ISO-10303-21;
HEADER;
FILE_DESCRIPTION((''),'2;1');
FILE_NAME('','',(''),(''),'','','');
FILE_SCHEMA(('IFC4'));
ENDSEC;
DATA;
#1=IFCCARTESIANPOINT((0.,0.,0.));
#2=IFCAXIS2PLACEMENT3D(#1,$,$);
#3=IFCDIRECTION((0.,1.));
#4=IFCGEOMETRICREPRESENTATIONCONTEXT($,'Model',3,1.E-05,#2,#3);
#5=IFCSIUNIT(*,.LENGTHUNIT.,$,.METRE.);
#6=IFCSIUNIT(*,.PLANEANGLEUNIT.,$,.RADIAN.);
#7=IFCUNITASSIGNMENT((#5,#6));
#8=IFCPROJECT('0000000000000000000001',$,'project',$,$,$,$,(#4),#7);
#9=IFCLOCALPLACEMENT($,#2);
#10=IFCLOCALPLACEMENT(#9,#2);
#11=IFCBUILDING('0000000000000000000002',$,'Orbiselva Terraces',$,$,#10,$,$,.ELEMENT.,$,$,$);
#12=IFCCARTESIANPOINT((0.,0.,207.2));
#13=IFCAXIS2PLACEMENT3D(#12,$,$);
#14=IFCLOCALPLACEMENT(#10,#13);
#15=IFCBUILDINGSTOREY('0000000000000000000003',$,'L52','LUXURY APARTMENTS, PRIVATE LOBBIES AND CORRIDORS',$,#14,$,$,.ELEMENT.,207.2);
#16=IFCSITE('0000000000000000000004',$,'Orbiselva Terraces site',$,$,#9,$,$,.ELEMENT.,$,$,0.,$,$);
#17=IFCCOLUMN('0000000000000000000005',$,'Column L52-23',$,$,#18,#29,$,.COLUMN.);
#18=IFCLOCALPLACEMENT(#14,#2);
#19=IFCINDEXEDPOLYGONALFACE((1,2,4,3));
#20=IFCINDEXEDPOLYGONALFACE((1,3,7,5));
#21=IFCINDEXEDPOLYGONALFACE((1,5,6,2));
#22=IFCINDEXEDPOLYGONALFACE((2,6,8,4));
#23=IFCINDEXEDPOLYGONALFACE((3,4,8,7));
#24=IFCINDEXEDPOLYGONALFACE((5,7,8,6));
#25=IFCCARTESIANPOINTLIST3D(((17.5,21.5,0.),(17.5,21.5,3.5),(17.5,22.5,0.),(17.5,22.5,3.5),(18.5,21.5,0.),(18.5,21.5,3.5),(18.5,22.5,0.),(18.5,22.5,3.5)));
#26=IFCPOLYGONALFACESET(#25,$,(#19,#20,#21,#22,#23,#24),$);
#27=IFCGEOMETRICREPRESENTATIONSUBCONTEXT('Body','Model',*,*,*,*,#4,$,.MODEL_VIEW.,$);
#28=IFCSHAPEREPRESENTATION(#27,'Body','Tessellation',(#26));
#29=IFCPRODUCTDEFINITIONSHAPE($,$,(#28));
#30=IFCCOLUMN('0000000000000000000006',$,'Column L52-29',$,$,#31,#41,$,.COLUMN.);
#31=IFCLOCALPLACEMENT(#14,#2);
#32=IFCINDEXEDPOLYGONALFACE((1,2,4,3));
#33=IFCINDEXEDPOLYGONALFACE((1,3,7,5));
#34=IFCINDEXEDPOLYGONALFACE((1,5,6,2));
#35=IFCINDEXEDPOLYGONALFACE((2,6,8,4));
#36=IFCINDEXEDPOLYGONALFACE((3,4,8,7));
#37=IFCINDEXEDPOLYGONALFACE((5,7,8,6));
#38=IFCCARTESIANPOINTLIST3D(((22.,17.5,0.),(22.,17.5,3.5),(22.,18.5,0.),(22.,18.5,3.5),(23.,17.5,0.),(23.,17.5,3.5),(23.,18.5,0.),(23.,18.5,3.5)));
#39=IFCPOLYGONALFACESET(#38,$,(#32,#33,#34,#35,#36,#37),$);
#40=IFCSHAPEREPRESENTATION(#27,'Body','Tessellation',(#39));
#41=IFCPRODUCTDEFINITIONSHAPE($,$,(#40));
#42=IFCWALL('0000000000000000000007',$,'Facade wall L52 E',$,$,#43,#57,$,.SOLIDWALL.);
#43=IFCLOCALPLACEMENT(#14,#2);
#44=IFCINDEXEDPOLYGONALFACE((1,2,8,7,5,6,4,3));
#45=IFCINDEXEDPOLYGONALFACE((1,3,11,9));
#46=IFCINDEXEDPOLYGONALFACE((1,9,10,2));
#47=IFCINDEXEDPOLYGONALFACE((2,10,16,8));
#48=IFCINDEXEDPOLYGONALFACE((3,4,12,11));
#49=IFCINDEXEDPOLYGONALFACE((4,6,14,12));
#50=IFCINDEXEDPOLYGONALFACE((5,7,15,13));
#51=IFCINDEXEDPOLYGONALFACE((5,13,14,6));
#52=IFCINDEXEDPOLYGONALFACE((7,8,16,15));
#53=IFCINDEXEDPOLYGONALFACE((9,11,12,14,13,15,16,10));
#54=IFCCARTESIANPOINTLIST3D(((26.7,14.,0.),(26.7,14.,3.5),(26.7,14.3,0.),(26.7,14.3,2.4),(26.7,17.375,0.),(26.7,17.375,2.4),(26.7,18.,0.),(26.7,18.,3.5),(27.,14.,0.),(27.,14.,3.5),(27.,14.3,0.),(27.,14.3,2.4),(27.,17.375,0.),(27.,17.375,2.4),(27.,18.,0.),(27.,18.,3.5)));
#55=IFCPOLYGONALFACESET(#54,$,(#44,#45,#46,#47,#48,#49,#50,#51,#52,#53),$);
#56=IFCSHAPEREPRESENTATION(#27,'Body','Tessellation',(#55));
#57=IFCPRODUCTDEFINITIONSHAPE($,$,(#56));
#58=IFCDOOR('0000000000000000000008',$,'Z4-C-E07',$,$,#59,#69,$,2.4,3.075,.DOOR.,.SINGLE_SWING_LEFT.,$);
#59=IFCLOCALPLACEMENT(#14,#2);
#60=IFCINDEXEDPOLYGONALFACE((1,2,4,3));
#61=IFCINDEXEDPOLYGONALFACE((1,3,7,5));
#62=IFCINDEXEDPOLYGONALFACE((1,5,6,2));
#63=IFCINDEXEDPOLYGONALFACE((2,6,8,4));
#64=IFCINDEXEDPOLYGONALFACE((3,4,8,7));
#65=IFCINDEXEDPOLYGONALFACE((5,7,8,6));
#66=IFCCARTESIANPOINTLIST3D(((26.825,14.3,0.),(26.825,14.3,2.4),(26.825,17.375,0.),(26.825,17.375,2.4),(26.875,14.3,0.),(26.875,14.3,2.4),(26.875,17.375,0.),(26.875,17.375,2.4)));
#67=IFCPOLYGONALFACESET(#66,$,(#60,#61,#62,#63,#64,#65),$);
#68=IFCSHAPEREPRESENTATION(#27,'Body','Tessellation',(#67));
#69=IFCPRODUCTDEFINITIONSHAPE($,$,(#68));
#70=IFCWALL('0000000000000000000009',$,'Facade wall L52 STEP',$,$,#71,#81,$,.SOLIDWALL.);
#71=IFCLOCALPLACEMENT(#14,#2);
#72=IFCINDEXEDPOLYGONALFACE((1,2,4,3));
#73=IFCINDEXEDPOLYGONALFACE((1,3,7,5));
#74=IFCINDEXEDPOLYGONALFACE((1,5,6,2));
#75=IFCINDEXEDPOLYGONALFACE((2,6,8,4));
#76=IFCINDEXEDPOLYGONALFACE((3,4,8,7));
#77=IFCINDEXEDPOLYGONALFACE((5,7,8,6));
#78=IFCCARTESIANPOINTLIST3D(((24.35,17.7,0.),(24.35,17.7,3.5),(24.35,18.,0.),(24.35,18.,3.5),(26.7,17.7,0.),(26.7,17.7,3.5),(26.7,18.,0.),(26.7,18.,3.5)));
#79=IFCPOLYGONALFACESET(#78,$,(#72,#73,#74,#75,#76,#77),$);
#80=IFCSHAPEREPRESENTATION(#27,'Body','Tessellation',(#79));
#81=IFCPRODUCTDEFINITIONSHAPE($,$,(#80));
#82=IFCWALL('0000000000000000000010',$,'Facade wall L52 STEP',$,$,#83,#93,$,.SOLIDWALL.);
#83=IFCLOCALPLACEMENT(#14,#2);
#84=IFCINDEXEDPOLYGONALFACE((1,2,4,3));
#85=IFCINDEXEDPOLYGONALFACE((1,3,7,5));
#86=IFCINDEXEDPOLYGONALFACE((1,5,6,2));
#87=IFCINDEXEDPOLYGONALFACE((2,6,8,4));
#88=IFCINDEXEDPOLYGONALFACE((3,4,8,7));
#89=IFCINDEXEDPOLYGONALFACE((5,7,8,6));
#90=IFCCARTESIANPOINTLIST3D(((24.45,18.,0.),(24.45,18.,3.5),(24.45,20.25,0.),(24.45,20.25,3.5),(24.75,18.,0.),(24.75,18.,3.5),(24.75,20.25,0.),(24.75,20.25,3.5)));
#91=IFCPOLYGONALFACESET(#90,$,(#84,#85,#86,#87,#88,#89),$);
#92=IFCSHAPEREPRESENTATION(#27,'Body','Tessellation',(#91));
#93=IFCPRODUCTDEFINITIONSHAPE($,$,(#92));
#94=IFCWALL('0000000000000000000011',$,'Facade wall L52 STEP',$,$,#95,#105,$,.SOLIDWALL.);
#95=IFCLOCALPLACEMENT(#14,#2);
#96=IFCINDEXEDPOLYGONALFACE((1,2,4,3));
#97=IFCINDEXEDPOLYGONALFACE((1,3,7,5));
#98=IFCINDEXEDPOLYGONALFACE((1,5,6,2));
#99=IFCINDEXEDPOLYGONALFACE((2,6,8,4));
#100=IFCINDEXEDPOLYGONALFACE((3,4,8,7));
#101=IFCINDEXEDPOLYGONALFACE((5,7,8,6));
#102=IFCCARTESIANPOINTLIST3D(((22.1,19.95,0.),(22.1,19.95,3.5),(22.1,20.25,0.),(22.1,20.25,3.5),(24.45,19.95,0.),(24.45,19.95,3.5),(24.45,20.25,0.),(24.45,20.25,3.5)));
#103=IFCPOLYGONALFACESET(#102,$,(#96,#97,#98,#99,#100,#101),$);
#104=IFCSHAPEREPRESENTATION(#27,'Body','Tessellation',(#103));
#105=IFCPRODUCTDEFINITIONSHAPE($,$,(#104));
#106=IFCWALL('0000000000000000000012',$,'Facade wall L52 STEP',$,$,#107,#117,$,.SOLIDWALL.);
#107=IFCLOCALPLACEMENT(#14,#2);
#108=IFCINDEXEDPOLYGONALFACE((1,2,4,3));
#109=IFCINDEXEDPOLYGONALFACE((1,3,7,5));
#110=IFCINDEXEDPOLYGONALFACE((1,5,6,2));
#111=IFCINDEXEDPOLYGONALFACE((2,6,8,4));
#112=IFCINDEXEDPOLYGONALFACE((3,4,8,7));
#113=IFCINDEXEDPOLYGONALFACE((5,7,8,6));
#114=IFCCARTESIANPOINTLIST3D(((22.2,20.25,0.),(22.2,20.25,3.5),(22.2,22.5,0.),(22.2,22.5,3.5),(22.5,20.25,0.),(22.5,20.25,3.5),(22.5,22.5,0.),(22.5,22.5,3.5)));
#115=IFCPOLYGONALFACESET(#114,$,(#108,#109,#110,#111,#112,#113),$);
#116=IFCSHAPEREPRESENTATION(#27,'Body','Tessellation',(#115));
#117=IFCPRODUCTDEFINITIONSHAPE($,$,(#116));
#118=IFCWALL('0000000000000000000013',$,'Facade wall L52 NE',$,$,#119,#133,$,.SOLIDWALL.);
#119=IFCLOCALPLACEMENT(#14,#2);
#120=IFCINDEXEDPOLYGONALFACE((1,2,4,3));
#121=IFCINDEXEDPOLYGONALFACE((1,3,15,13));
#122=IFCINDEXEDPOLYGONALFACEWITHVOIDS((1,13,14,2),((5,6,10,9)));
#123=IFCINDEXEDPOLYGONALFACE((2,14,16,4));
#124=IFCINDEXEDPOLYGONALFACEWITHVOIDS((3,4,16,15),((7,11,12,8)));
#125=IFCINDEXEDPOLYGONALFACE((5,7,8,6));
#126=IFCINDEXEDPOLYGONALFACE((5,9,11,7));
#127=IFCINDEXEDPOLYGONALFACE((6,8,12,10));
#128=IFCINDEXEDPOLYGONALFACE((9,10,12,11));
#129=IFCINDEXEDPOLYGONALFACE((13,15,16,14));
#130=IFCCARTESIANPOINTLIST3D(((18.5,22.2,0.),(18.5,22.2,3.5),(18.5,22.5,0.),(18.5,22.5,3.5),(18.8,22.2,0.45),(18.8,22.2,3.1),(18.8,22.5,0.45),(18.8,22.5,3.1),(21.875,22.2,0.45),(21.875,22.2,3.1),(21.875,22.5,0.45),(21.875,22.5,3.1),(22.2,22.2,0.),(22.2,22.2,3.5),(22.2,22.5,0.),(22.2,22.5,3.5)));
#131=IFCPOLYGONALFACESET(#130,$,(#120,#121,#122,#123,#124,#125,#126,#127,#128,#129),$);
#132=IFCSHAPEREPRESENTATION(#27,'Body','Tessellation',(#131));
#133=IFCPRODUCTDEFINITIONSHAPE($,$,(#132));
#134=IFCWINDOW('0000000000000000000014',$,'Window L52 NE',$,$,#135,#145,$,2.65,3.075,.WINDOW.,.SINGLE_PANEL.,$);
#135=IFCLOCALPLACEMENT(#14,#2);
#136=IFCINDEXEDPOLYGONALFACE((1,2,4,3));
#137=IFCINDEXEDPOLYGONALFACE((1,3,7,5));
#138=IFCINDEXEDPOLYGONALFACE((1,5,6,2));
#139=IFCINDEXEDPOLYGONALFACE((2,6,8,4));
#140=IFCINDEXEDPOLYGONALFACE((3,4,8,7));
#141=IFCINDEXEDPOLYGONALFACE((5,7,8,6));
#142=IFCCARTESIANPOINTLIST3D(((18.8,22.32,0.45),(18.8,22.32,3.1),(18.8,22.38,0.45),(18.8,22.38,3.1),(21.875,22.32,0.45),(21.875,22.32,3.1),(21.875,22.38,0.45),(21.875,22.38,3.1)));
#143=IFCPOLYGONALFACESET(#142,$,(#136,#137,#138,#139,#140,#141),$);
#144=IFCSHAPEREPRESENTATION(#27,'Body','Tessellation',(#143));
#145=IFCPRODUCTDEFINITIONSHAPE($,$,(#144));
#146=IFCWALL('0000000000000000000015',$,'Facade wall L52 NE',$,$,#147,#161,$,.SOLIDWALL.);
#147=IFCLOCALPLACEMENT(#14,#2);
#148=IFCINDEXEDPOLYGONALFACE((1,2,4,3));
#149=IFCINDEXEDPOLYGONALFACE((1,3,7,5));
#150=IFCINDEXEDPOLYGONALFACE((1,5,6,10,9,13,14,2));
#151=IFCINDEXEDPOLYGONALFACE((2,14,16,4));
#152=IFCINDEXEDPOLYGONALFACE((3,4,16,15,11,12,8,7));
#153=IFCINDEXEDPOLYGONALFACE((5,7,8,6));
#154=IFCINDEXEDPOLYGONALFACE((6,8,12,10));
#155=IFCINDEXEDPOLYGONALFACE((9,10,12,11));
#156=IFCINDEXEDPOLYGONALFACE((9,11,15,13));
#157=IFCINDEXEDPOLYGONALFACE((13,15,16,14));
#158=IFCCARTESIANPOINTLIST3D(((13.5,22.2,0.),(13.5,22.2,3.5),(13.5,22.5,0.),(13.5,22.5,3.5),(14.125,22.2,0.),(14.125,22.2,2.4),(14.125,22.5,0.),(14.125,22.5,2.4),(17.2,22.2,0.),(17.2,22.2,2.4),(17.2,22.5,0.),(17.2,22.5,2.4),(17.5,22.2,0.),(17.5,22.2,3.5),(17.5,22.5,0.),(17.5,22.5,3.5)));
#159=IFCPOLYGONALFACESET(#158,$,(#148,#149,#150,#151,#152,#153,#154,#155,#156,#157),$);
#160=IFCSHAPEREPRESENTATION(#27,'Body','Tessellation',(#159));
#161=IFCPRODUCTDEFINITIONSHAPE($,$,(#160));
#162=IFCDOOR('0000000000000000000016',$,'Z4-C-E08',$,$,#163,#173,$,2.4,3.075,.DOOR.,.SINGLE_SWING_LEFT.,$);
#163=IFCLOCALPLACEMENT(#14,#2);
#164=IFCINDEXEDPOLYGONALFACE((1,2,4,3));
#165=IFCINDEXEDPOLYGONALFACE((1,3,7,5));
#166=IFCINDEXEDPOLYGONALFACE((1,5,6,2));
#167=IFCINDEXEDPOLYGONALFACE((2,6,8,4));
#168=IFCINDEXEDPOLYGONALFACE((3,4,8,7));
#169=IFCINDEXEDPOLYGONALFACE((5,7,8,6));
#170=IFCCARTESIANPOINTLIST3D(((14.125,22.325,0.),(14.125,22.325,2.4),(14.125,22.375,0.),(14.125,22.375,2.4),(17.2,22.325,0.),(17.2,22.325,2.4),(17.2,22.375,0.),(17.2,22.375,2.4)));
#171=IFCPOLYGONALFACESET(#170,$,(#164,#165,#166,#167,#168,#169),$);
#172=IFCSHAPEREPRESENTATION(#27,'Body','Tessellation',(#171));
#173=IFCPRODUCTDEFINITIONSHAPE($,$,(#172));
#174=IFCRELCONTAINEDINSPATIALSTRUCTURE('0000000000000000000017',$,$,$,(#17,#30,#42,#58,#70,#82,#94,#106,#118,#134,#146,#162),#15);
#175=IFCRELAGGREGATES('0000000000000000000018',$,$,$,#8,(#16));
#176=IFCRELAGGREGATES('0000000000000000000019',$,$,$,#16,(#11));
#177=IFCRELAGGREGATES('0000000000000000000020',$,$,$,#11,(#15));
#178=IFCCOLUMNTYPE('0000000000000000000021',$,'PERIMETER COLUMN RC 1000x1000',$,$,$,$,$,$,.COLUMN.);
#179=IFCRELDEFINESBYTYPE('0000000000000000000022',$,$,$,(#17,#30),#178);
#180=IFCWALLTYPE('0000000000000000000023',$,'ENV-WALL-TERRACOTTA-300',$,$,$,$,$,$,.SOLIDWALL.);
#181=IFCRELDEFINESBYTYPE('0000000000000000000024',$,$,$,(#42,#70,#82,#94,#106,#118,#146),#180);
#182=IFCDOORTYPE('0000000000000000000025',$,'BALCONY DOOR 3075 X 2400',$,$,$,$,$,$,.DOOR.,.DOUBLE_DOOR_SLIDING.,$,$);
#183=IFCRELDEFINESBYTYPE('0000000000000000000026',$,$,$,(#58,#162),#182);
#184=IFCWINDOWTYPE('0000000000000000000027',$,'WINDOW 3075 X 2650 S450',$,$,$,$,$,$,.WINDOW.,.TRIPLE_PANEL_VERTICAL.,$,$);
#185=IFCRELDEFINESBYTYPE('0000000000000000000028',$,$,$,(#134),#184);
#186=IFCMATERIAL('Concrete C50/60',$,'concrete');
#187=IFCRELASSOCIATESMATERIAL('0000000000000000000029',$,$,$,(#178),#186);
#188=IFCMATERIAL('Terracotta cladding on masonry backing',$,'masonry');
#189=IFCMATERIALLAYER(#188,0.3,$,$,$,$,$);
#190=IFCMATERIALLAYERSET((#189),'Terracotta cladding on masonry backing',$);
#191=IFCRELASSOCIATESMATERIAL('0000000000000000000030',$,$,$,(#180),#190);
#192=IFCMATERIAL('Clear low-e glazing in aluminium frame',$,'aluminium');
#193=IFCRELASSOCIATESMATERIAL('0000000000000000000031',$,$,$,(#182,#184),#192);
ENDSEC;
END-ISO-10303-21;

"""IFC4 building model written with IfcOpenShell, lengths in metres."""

from ifc_helpers import new_model, si_unit, direction, frame, frame_2d, origin, origin_2d, place, context, subcontext, project, spatial, rectangle, extrude, material, layer, layer_set, material_profile, profile_set, type_object, element, fill, save


model = new_model("IFC4")

# Units and contexts
model_context = context("Model", 3, precision=1e-05, world=origin(), true_north=direction((0.0, 1.0)))
body_context = subcontext(model_context, "Body", "Model", "MODEL_VIEW")
ifc_project = project(units=[si_unit("LENGTHUNIT", "METRE"), si_unit("PLANEANGLEUNIT", "RADIAN")], contexts=[model_context])

# Site, building, storey
site_placement = place(None, origin())
site = spatial("IfcSite", under=ifc_project, at=site_placement, Name="Orbiselva Terraces site", CompositionType="ELEMENT", RefElevation=0.0)
building_placement = place(site_placement, origin())
building = spatial("IfcBuilding", under=site, at=building_placement, Name="Orbiselva Terraces", CompositionType="ELEMENT")
storey_placement = place(building_placement, frame((0.0, 0.0, 207.2)))
storey = spatial("IfcBuildingStorey", under=building, at=storey_placement, Name="L52", Description="LUXURY APARTMENTS, PRIVATE LOBBIES AND CORRIDORS", CompositionType="ELEMENT", Elevation=207.2)

# Columns
ifc_material_1 = material(Name="Concrete C50/60", Category="concrete")
ifc_material_profile = material_profile(ifc_material_1, rectangle(XDim=1.0, YDim=1.0, at=origin_2d()), Name="RC 1000x1000")
ifc_profile_set = profile_set([ifc_material_profile], Name="Concrete C50/60")
column_type = type_object("IfcColumnType", Name="PERIMETER COLUMN RC 1000x1000", PredefinedType="COLUMN", material=ifc_profile_set)
for number, where, z_axis, x_axis, name in (
    (1, (18.0, 22.0, 0.0), (0.0, 0.0, 1.0), (1.0, 0.0, 0.0), "Column L52-23"),
    (2, (22.5, 18.0, 0.0), (0.0, 0.0, 1.0), (1.0, 0.0, 0.0), "Column L52-29"),
):
    element("IfcColumn", number, at=place(storey_placement, frame(where, z_axis=z_axis, x_axis=x_axis)), inside=storey, type_object=column_type, Name=name, PredefinedType="COLUMN", context=body_context, shape_type="SweptSolid", body=[
        extrude(rectangle(XDim=1.0, YDim=1.0, at=origin_2d()), origin(), (0.0, 0.0, 1.0), 3.5),
    ])

# Wall, opening, door
ifc_material_2 = material(Name="Terracotta cladding on masonry backing", Category="masonry")
ifc_layer_1 = layer(ifc_material_2, 0.3)
ifc_layer_set_1 = layer_set([ifc_layer_1], Name="Terracotta cladding on masonry backing")
wall_type_1 = type_object("IfcWallType", Name="ENV-WALL-TERRACOTTA-300", PredefinedType="SOLIDWALL", material=ifc_layer_set_1)
wall_1_placement = place(storey_placement, frame((26.85, 18.0, 0.0), z_axis=(0.0, 0.0, 1.0), x_axis=(0.0, -1.0, 0.0)))
wall_1 = element("IfcWall", 3, at=wall_1_placement, inside=storey, type_object=wall_type_1, Name="Facade wall L52 E", PredefinedType="SOLIDWALL", context=body_context, shape_type="SweptSolid", body=[
    extrude(rectangle(XDim=4.0, YDim=0.3, at=frame_2d((2.0, 0.0))), origin(), (0.0, 0.0, 1.0), 3.5),
])
opening_1_placement = place(wall_1_placement, frame((0.625, 0.0, 0.0)))
opening_1 = element("IfcOpeningElement", 4, at=opening_1_placement, cuts=wall_1, PredefinedType="OPENING", context=body_context, shape_type="SweptSolid", body=[
    extrude(rectangle(XDim=3.075, YDim=2.4, at=frame_2d((1.5375, 1.2))), frame((0.0, 0.16, 0.0), z_axis=(0.0, -1.0, 0.0), x_axis=(1.0, 0.0, 0.0)), (0.0, 0.0, 1.0), 0.32),
])
ifc_material_3 = material(Name="Clear low-e glazing in aluminium frame", Category="aluminium")
door_type_1 = type_object("IfcDoorType", Name="BALCONY DOOR 3075 X 2400", OperationType="DOUBLE_DOOR_SLIDING", PredefinedType="DOOR", material=ifc_material_3)
door_1_placement = place(opening_1_placement, origin())
door_1 = element("IfcDoor", 5, at=door_1_placement, inside=storey, type_object=door_type_1, Name="Z4-C-E07", OperationType="SINGLE_SWING_LEFT", OverallHeight=2.4, OverallWidth=3.075, PredefinedType="DOOR", context=body_context, shape_type="SweptSolid", body=[
    extrude(rectangle(XDim=3.075, YDim=2.4, at=frame_2d((1.5375, 1.2))), frame((0.0, 0.025, 0.0), z_axis=(0.0, -1.0, 0.0), x_axis=(1.0, 0.0, 0.0)), (0.0, 0.0, 1.0), 0.05),
])
fill(opening_1, door_1)

# Walls
wall_2_placement = place(storey_placement, frame((24.35, 17.85, 0.0), z_axis=(0.0, 0.0, 1.0), x_axis=(1.0, 0.0, 0.0)))
element("IfcWall", 6, at=wall_2_placement, inside=storey, type_object=wall_type_1, Name="Facade wall L52 STEP", PredefinedType="SOLIDWALL", context=body_context, shape_type="SweptSolid", body=[
    extrude(rectangle(XDim=2.35, YDim=0.3, at=frame_2d((1.175, 0.0))), origin(), (0.0, 0.0, 1.0), 3.5),
])
wall_3_placement = place(storey_placement, frame((24.6, 20.25, 0.0), z_axis=(0.0, 0.0, 1.0), x_axis=(0.0, -1.0, 0.0)))
element("IfcWall", 7, at=wall_3_placement, inside=storey, type_object=wall_type_1, Name="Facade wall L52 STEP", PredefinedType="SOLIDWALL", context=body_context, shape_type="SweptSolid", body=[
    extrude(rectangle(XDim=2.25, YDim=0.3, at=frame_2d((1.125, 0.0))), origin(), (0.0, 0.0, 1.0), 3.5),
])
wall_4_placement = place(storey_placement, frame((22.1, 20.1, 0.0), z_axis=(0.0, 0.0, 1.0), x_axis=(1.0, 0.0, 0.0)))
element("IfcWall", 8, at=wall_4_placement, inside=storey, type_object=wall_type_1, Name="Facade wall L52 STEP", PredefinedType="SOLIDWALL", context=body_context, shape_type="SweptSolid", body=[
    extrude(rectangle(XDim=2.35, YDim=0.3, at=frame_2d((1.175, 0.0))), origin(), (0.0, 0.0, 1.0), 3.5),
])
wall_5_placement = place(storey_placement, frame((22.35, 22.5, 0.0), z_axis=(0.0, 0.0, 1.0), x_axis=(0.0, -1.0, 0.0)))
element("IfcWall", 9, at=wall_5_placement, inside=storey, type_object=wall_type_1, Name="Facade wall L52 STEP", PredefinedType="SOLIDWALL", context=body_context, shape_type="SweptSolid", body=[
    extrude(rectangle(XDim=2.25, YDim=0.3, at=frame_2d((1.125, 0.0))), origin(), (0.0, 0.0, 1.0), 3.5),
])

# Wall, opening, window
wall_6_placement = place(storey_placement, frame((18.5, 22.35, 0.0), z_axis=(0.0, 0.0, 1.0), x_axis=(1.0, 0.0, 0.0)))
wall_6 = element("IfcWall", 10, at=wall_6_placement, inside=storey, type_object=wall_type_1, Name="Facade wall L52 NE", PredefinedType="SOLIDWALL", context=body_context, shape_type="SweptSolid", body=[
    extrude(rectangle(XDim=3.7, YDim=0.3, at=frame_2d((1.85, 0.0))), origin(), (0.0, 0.0, 1.0), 3.5),
])
opening_2_placement = place(wall_6_placement, frame((0.3, 0.0, 0.45)))
opening_2 = element("IfcOpeningElement", 11, at=opening_2_placement, cuts=wall_6, PredefinedType="OPENING", context=body_context, shape_type="SweptSolid", body=[
    extrude(rectangle(XDim=3.075, YDim=2.65, at=frame_2d((1.5375, 1.325))), frame((0.0, 0.16, 0.0), z_axis=(0.0, -1.0, 0.0), x_axis=(1.0, 0.0, 0.0)), (0.0, 0.0, 1.0), 0.32),
])
window_type = type_object("IfcWindowType", Name="WINDOW 3075 X 2650 S450", PartitioningType="TRIPLE_PANEL_VERTICAL", PredefinedType="WINDOW", material=ifc_material_3)
window_placement = place(opening_2_placement, origin())
window = element("IfcWindow", 12, at=window_placement, inside=storey, type_object=window_type, Name="Window L52 NE", OverallHeight=2.65, OverallWidth=3.075, PartitioningType="SINGLE_PANEL", PredefinedType="WINDOW", context=body_context, shape_type="SweptSolid", body=[
    extrude(rectangle(XDim=3.075, YDim=2.65, at=frame_2d((1.5375, 1.325))), frame((0.0, 0.03, 0.0), z_axis=(0.0, -1.0, 0.0), x_axis=(1.0, 0.0, 0.0)), (0.0, 0.0, 1.0), 0.06),
])
fill(opening_2, window)

# Wall, opening, door
wall_7_placement = place(storey_placement, frame((13.5, 22.35, 0.0), z_axis=(0.0, 0.0, 1.0), x_axis=(1.0, 0.0, 0.0)))
wall_7 = element("IfcWall", 13, at=wall_7_placement, inside=storey, type_object=wall_type_1, Name="Facade wall L52 NE", PredefinedType="SOLIDWALL", context=body_context, shape_type="SweptSolid", body=[
    extrude(rectangle(XDim=4.0, YDim=0.3, at=frame_2d((2.0, 0.0))), origin(), (0.0, 0.0, 1.0), 3.5),
])
opening_3_placement = place(wall_7_placement, frame((0.625, 0.0, 0.0)))
opening_3 = element("IfcOpeningElement", 14, at=opening_3_placement, cuts=wall_7, PredefinedType="OPENING", context=body_context, shape_type="SweptSolid", body=[
    extrude(rectangle(XDim=3.075, YDim=2.4, at=frame_2d((1.5375, 1.2))), frame((0.0, 0.16, 0.0), z_axis=(0.0, -1.0, 0.0), x_axis=(1.0, 0.0, 0.0)), (0.0, 0.0, 1.0), 0.32),
])
door_2_placement = place(opening_3_placement, origin())
door_2 = element("IfcDoor", 15, at=door_2_placement, inside=storey, type_object=door_type_1, Name="Z4-C-E08", OperationType="SINGLE_SWING_LEFT", OverallHeight=2.4, OverallWidth=3.075, PredefinedType="DOOR", context=body_context, shape_type="SweptSolid", body=[
    extrude(rectangle(XDim=3.075, YDim=2.4, at=frame_2d((1.5375, 1.2))), frame((0.0, 0.025, 0.0), z_axis=(0.0, -1.0, 0.0), x_axis=(1.0, 0.0, 0.0)), (0.0, 0.0, 1.0), 0.05),
])
fill(opening_3, door_2)

save(model, "model.ifc")
